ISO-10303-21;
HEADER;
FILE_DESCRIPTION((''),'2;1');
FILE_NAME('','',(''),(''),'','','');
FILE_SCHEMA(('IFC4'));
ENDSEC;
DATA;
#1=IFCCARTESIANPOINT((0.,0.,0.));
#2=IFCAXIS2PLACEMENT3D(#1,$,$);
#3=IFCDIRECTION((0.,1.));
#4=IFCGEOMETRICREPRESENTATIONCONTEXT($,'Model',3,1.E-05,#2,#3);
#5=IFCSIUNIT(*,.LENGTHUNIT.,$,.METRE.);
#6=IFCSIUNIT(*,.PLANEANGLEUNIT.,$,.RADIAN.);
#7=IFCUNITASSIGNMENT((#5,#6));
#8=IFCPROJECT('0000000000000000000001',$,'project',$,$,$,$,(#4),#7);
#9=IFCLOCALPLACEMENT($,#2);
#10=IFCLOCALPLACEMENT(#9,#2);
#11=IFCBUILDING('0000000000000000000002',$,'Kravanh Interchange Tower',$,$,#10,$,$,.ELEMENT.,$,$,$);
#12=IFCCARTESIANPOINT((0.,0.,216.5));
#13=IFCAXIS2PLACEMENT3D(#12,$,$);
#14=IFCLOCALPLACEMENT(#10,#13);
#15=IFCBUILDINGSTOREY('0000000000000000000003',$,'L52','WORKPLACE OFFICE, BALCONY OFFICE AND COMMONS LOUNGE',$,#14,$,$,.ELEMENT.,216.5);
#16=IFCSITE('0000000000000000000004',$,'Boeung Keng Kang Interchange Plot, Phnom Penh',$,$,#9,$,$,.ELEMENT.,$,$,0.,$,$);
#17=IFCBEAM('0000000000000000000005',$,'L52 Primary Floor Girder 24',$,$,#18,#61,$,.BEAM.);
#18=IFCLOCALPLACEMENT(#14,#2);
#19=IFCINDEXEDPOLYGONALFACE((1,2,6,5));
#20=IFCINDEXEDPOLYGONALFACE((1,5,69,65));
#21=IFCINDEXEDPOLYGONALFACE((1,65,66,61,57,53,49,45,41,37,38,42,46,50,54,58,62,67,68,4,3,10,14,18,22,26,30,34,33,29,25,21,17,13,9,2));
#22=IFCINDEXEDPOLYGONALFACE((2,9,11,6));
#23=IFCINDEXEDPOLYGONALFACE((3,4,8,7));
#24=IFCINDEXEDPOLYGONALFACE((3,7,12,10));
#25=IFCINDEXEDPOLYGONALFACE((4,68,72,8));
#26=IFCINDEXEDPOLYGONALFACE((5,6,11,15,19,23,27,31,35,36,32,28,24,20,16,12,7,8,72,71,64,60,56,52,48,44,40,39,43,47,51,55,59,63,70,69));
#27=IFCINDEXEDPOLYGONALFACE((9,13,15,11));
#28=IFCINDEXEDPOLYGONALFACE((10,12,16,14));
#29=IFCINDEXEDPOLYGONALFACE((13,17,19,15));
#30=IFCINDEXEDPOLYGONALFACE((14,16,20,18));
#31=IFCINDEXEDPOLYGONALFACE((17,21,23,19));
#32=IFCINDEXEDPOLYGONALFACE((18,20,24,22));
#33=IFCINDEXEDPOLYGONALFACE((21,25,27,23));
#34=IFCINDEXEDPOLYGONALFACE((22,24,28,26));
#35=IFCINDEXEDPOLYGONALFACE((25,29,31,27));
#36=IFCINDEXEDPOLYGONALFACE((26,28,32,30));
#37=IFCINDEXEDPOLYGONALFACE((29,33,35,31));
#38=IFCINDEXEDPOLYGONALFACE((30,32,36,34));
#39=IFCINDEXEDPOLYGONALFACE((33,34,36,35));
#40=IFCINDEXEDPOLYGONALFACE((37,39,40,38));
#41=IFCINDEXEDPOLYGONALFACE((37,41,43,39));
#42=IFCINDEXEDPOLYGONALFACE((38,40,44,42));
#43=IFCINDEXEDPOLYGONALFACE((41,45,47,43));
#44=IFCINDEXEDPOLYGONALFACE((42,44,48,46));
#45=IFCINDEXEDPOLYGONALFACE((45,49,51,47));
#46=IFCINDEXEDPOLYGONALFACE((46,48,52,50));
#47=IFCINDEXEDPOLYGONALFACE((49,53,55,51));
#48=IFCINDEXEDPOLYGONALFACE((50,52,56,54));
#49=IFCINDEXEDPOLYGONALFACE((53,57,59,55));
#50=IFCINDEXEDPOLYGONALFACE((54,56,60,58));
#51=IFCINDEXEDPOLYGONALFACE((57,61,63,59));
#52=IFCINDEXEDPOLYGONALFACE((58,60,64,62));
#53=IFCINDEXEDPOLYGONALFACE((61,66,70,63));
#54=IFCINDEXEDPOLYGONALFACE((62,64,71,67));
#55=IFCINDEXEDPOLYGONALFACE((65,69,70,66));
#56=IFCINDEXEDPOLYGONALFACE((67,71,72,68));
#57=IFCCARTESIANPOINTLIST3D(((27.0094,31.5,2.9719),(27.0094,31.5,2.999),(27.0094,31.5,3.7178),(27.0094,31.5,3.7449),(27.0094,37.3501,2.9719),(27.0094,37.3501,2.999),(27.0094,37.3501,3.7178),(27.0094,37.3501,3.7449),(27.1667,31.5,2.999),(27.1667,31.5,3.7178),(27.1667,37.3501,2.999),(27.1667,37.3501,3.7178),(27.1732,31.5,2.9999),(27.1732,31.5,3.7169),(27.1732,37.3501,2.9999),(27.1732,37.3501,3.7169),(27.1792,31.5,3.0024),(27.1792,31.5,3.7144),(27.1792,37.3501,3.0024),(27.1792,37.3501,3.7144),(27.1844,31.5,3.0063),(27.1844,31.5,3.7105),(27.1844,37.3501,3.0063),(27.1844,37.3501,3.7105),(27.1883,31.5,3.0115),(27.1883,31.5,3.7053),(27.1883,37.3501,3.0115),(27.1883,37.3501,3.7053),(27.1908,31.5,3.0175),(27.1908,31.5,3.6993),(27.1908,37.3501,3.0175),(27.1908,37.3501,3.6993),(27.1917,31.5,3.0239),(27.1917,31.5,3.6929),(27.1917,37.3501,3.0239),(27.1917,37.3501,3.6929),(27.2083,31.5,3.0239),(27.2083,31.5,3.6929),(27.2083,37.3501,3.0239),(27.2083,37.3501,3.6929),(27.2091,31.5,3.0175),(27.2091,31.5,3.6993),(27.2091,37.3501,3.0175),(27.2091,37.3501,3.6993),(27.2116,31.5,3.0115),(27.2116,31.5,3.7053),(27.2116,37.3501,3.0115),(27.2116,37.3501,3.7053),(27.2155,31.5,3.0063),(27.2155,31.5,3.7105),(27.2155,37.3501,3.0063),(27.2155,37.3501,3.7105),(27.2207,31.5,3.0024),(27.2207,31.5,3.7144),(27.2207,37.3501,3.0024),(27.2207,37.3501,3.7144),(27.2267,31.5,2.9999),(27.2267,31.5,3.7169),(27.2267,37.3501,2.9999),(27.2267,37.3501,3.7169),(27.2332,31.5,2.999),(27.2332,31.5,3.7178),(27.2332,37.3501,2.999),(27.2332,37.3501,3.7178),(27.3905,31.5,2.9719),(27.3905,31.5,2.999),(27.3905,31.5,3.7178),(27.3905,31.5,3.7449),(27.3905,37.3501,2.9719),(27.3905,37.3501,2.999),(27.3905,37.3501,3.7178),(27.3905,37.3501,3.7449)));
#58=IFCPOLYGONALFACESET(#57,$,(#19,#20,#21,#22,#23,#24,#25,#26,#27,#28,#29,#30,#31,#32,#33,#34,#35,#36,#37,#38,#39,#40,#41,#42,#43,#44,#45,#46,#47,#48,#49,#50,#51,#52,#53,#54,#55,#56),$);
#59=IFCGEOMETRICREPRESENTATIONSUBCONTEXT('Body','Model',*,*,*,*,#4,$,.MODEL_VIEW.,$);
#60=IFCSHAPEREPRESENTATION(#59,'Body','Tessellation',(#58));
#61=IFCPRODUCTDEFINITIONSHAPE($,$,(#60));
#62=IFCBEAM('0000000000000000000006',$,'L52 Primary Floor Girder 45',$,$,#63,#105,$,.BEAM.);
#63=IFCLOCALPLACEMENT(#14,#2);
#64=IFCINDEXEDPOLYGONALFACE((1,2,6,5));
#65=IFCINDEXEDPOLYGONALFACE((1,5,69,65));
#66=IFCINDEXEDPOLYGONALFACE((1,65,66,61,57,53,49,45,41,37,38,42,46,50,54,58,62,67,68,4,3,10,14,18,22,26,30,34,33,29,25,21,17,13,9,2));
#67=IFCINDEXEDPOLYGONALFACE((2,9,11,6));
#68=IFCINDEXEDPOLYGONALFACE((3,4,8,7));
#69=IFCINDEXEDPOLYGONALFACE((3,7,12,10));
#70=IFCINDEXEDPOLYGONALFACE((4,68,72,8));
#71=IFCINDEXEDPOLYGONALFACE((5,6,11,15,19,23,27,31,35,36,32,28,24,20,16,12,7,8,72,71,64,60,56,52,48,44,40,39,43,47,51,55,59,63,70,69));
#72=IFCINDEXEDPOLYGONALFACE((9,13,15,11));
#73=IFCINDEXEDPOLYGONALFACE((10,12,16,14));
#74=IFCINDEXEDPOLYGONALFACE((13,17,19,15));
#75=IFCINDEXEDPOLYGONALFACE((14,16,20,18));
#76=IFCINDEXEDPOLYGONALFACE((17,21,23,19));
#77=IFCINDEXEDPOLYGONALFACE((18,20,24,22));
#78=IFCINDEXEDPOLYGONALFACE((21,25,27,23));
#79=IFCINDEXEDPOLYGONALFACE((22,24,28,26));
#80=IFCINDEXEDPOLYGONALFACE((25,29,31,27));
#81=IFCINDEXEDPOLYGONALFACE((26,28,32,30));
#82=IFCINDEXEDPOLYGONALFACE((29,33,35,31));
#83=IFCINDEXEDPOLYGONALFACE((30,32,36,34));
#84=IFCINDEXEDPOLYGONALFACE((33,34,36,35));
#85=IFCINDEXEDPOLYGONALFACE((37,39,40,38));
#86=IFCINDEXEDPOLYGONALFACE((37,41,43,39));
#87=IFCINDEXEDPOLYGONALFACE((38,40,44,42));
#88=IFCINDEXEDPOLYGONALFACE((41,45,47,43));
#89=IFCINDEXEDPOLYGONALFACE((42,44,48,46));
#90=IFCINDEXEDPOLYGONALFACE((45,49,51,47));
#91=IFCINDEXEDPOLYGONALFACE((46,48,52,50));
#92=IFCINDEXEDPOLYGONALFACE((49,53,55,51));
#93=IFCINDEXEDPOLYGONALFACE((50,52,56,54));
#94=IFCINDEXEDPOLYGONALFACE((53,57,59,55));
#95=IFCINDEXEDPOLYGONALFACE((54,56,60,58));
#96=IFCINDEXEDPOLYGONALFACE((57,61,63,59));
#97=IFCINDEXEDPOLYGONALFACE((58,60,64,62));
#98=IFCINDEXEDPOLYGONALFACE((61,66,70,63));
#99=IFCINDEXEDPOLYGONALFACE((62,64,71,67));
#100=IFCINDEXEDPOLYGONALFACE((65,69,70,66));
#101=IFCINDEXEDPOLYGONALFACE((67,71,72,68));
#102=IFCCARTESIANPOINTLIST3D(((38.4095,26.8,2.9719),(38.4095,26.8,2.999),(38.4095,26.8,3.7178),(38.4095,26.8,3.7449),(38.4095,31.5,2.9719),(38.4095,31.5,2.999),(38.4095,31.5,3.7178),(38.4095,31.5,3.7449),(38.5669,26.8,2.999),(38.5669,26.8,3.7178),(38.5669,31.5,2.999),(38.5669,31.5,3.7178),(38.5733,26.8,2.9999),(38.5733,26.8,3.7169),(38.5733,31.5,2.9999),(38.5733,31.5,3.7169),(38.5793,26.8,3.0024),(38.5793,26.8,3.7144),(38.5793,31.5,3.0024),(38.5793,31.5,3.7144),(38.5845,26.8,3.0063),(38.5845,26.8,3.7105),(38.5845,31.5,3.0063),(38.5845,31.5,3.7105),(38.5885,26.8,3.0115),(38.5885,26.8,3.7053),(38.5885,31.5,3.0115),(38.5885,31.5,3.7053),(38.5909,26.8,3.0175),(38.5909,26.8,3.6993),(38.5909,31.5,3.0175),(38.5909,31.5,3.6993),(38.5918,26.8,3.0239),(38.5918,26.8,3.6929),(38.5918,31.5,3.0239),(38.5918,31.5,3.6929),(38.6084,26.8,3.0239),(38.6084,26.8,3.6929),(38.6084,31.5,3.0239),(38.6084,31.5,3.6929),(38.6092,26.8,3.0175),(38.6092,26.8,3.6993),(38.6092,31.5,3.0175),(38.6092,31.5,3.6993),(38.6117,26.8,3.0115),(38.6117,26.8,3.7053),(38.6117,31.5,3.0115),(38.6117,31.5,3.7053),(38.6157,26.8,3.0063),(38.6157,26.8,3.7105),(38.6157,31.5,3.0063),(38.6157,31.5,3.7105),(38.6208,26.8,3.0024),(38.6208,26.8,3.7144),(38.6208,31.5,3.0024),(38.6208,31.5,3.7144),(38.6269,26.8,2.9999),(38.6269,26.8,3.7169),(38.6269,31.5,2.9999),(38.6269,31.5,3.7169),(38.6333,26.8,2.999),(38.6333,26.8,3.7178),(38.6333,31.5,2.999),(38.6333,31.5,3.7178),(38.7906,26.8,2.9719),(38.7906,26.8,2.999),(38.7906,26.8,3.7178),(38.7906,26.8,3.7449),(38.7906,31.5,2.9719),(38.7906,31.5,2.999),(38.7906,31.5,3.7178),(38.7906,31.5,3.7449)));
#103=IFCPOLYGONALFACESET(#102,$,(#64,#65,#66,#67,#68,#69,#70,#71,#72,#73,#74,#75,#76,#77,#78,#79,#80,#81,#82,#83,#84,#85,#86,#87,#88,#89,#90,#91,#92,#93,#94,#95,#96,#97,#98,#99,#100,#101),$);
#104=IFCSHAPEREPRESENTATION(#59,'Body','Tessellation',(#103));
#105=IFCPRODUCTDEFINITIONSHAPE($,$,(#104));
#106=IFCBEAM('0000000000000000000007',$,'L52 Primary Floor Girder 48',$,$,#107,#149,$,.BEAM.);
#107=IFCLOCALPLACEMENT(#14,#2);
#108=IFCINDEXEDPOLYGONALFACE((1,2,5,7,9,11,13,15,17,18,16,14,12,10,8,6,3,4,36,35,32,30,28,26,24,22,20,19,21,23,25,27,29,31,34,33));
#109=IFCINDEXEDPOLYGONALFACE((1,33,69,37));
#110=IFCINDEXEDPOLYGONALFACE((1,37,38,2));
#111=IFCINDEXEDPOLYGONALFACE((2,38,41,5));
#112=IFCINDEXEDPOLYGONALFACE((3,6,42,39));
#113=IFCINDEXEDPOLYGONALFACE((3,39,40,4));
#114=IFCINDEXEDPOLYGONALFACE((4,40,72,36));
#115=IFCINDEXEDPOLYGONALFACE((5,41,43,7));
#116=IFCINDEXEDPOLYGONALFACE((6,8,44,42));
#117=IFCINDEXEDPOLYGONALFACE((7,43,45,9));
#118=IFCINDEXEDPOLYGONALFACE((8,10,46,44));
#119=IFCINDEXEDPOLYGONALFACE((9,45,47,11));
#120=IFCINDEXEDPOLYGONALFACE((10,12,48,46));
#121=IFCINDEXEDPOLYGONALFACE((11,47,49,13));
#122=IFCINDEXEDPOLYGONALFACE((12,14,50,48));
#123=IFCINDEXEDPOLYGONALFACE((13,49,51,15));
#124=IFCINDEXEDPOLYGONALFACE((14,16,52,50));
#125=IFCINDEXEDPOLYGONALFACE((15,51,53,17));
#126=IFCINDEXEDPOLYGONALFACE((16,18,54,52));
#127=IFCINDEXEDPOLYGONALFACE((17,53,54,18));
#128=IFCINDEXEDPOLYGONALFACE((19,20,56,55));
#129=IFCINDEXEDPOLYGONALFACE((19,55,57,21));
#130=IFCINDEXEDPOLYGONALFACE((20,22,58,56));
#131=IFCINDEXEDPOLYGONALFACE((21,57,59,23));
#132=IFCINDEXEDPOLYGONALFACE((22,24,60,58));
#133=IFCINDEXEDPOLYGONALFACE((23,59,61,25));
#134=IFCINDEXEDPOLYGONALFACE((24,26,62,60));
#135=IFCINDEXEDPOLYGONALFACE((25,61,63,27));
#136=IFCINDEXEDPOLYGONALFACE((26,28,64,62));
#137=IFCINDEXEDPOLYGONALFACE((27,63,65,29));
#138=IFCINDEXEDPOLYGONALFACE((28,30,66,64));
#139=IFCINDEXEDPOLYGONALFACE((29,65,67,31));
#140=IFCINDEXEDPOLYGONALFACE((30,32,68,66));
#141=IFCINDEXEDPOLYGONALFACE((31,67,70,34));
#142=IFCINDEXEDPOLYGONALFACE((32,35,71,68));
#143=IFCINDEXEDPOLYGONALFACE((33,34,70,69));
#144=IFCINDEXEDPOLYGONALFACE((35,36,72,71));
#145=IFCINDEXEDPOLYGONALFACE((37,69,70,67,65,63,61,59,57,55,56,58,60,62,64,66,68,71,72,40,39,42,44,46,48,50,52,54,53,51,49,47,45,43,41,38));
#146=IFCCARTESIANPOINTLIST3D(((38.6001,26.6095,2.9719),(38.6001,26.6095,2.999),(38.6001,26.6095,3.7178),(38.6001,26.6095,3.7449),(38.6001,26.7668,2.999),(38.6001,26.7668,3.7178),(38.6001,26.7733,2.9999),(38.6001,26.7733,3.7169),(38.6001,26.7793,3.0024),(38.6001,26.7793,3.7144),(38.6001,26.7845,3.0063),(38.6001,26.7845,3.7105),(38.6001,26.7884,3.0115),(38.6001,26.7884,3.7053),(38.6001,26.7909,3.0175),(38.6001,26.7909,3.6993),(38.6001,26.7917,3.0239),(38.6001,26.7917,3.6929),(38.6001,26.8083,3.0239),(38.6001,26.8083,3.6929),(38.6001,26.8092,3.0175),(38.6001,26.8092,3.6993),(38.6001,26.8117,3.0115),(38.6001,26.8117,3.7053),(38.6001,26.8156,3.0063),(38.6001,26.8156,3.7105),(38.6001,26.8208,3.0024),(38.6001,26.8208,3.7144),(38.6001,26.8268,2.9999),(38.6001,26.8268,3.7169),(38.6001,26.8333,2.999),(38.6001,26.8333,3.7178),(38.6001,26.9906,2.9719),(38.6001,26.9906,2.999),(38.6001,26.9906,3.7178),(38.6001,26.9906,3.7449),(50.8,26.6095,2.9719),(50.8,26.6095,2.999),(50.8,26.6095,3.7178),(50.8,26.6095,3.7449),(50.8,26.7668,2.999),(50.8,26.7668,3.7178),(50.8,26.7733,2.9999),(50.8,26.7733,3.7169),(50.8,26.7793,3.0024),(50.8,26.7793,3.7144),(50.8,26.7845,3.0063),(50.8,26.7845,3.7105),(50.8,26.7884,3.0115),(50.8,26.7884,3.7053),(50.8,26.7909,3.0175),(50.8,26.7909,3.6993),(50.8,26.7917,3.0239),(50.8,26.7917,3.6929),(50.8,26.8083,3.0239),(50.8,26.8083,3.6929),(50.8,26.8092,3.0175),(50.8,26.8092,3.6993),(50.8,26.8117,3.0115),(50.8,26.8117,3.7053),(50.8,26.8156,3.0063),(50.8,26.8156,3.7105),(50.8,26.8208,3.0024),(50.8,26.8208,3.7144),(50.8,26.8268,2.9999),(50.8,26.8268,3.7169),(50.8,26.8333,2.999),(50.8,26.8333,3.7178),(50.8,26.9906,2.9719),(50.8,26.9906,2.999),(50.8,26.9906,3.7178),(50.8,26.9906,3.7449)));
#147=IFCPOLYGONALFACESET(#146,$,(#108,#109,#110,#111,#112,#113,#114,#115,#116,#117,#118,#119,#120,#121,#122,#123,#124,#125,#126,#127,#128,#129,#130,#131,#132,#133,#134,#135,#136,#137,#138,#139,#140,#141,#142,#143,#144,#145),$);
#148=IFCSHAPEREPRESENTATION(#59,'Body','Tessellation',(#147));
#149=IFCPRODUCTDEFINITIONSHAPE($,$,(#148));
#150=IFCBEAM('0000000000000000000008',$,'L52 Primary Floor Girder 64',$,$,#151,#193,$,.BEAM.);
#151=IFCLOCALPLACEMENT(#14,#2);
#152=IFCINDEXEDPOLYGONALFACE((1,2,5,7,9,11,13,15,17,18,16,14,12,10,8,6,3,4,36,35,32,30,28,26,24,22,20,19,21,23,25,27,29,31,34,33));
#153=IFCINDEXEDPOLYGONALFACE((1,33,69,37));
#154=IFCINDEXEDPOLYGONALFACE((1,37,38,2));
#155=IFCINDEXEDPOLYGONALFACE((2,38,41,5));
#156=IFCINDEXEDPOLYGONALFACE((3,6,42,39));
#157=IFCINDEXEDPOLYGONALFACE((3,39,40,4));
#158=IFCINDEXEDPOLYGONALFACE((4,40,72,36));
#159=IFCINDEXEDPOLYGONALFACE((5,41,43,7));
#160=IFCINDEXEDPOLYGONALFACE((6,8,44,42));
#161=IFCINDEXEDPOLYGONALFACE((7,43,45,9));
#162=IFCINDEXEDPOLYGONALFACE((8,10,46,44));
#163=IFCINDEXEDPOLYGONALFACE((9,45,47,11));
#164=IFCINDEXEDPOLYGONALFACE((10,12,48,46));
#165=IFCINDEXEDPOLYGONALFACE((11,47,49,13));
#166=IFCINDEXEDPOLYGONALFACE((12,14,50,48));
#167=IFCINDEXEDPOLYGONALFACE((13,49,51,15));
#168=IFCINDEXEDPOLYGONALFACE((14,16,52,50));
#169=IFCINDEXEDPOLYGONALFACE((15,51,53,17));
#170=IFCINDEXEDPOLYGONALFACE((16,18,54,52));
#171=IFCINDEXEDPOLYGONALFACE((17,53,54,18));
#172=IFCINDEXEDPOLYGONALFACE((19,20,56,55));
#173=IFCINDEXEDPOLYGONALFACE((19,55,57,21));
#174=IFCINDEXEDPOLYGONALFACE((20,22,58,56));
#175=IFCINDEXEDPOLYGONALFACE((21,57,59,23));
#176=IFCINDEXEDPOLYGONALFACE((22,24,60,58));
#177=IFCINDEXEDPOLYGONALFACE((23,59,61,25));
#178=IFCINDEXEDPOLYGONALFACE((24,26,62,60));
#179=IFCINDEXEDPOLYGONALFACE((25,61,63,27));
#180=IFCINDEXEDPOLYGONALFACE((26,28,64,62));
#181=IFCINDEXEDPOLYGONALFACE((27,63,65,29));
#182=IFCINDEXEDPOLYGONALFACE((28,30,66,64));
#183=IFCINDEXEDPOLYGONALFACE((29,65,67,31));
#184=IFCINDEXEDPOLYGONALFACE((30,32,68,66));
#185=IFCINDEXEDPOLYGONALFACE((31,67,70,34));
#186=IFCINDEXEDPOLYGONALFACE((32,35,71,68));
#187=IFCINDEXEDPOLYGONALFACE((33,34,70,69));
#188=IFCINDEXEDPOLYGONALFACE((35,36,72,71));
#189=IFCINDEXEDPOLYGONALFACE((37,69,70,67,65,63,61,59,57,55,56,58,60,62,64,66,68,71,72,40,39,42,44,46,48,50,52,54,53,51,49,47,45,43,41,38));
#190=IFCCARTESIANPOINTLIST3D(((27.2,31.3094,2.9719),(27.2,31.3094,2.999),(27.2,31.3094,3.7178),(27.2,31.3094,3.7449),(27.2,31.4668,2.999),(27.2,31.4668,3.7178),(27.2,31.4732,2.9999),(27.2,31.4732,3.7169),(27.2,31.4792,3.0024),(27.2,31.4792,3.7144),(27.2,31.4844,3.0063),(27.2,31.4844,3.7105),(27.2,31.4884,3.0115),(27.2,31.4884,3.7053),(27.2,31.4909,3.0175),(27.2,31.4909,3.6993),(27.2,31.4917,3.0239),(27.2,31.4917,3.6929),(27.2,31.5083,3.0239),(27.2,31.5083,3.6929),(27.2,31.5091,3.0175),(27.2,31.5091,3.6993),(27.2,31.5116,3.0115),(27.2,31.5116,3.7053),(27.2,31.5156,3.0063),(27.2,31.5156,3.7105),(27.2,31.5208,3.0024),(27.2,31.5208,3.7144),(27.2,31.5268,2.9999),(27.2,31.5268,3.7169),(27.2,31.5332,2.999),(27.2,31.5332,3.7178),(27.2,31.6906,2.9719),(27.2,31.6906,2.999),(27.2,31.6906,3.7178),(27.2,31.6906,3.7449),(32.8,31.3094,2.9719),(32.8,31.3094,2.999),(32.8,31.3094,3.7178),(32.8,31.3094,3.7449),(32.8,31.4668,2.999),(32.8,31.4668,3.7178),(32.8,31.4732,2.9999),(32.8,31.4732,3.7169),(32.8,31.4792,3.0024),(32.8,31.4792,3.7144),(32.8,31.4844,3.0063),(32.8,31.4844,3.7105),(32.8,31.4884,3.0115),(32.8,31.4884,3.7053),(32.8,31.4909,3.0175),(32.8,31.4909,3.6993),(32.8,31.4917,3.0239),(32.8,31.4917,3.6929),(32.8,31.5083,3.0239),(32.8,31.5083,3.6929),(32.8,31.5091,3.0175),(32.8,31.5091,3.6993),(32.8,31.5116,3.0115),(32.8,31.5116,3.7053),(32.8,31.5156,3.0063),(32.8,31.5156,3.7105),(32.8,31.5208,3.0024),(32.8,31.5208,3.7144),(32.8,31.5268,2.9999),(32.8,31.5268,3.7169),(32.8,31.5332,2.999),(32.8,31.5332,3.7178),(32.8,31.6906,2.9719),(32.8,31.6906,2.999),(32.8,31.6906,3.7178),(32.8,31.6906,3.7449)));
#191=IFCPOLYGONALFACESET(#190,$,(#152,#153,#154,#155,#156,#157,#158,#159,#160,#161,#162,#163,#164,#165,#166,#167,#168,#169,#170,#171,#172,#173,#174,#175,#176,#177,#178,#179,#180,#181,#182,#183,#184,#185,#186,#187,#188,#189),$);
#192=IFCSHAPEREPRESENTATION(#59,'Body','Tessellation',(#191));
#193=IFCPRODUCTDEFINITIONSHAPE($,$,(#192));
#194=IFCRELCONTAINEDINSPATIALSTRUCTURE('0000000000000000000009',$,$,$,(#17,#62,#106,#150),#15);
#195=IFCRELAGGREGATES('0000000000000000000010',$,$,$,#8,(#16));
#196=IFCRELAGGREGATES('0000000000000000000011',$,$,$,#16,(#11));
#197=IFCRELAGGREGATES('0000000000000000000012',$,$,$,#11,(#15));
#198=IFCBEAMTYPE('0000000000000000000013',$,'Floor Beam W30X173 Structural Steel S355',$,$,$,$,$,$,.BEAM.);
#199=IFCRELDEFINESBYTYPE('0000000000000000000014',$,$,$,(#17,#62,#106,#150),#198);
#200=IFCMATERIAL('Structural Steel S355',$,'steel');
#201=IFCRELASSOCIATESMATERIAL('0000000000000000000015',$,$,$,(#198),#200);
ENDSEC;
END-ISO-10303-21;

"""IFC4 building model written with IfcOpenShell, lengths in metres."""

from ifc_helpers import new_model, si_unit, direction, frame, origin, origin_2d, place, context, subcontext, project, spatial, i_section, extrude, material, material_profile, profile_set, type_object, element, save


model = new_model("IFC4")

# Units and contexts
model_context = context("Model", 3, precision=1e-05, world=origin(), true_north=direction((0.0, 1.0)))
body_context = subcontext(model_context, "Body", "Model", "MODEL_VIEW")
ifc_project = project(units=[si_unit("LENGTHUNIT", "METRE"), si_unit("PLANEANGLEUNIT", "RADIAN")], contexts=[model_context])

# Site, building, storey
site_placement = place(None, origin())
site = spatial("IfcSite", under=ifc_project, at=site_placement, Name="Boeung Keng Kang Interchange Plot, Phnom Penh", CompositionType="ELEMENT", RefElevation=0.0)
building_placement = place(site_placement, origin())
building = spatial("IfcBuilding", under=site, at=building_placement, Name="Kravanh Interchange Tower", CompositionType="ELEMENT")
storey_placement = place(building_placement, frame((0.0, 0.0, 216.5)))
storey = spatial("IfcBuildingStorey", under=building, at=storey_placement, Name="L52", Description="WORKPLACE OFFICE, BALCONY OFFICE AND COMMONS LOUNGE", CompositionType="ELEMENT", Elevation=216.5)

# Beams
ifc_material_1 = material(Name="Structural Steel S355", Category="steel")
ifc_material_profile_1 = material_profile(ifc_material_1, i_section(OverallWidth=0.3811, OverallDepth=0.7729, WebThickness=0.0166, FlangeThickness=0.0271, FilletRadius=0.0249, at=origin_2d()), Name="W30X173")
ifc_profile_set_1 = profile_set([ifc_material_profile_1], Name="Structural Steel S355")
beam_type_1 = type_object("IfcBeamType", Name="Floor Beam W30X173 Structural Steel S355", PredefinedType="BEAM", material=ifc_profile_set_1)
beam_1_placement = place(storey_placement, frame((27.2, 37.3501, 3.3584), z_axis=(0.0, -1.0, 0.0), x_axis=(1.0, 0.0, 0.0)))
element("IfcBeam", 1, at=beam_1_placement, inside=storey, type_object=beam_type_1, Name="L52 Primary Floor Girder 24", PredefinedType="BEAM", context=body_context, shape_type="SweptSolid", body=[
    extrude(i_section(OverallWidth=0.3811, OverallDepth=0.7729, WebThickness=0.0166, FlangeThickness=0.0271, FilletRadius=0.0249, at=origin_2d()), origin(), (0.0, 0.0, 1.0), 5.8501),
])
beam_2_placement = place(storey_placement, frame((38.6001, 26.8, 3.3584), z_axis=(0.0, 1.0, 0.0), x_axis=(-1.0, 0.0, 0.0)))
element("IfcBeam", 2, at=beam_2_placement, inside=storey, type_object=beam_type_1, Name="L52 Primary Floor Girder 45", PredefinedType="BEAM", context=body_context, shape_type="SweptSolid", body=[
    extrude(i_section(OverallWidth=0.3811, OverallDepth=0.7729, WebThickness=0.0166, FlangeThickness=0.0271, FilletRadius=0.0249, at=origin_2d()), origin(), (0.0, 0.0, 1.0), 4.7),
])
beam_3_placement = place(storey_placement, frame((38.6001, 26.8, 3.3584), z_axis=(1.0, 0.0, 0.0), x_axis=(0.0, 1.0, 0.0)))
element("IfcBeam", 3, at=beam_3_placement, inside=storey, type_object=beam_type_1, Name="L52 Primary Floor Girder 48", PredefinedType="BEAM", context=body_context, shape_type="SweptSolid", body=[
    extrude(i_section(OverallWidth=0.3811, OverallDepth=0.7729, WebThickness=0.0166, FlangeThickness=0.0271, FilletRadius=0.0249, at=origin_2d()), origin(), (0.0, 0.0, 1.0), 12.2),
])
beam_4_placement = place(storey_placement, frame((27.2, 31.5, 3.3584), z_axis=(1.0, 0.0, 0.0), x_axis=(0.0, 1.0, 0.0)))
element("IfcBeam", 4, at=beam_4_placement, inside=storey, type_object=beam_type_1, Name="L52 Primary Floor Girder 64", PredefinedType="BEAM", context=body_context, shape_type="SweptSolid", body=[
    extrude(i_section(OverallWidth=0.3811, OverallDepth=0.7729, WebThickness=0.0166, FlangeThickness=0.0271, FilletRadius=0.0249, at=origin_2d()), origin(), (0.0, 0.0, 1.0), 5.6001),
])

save(model, "model.ifc")
